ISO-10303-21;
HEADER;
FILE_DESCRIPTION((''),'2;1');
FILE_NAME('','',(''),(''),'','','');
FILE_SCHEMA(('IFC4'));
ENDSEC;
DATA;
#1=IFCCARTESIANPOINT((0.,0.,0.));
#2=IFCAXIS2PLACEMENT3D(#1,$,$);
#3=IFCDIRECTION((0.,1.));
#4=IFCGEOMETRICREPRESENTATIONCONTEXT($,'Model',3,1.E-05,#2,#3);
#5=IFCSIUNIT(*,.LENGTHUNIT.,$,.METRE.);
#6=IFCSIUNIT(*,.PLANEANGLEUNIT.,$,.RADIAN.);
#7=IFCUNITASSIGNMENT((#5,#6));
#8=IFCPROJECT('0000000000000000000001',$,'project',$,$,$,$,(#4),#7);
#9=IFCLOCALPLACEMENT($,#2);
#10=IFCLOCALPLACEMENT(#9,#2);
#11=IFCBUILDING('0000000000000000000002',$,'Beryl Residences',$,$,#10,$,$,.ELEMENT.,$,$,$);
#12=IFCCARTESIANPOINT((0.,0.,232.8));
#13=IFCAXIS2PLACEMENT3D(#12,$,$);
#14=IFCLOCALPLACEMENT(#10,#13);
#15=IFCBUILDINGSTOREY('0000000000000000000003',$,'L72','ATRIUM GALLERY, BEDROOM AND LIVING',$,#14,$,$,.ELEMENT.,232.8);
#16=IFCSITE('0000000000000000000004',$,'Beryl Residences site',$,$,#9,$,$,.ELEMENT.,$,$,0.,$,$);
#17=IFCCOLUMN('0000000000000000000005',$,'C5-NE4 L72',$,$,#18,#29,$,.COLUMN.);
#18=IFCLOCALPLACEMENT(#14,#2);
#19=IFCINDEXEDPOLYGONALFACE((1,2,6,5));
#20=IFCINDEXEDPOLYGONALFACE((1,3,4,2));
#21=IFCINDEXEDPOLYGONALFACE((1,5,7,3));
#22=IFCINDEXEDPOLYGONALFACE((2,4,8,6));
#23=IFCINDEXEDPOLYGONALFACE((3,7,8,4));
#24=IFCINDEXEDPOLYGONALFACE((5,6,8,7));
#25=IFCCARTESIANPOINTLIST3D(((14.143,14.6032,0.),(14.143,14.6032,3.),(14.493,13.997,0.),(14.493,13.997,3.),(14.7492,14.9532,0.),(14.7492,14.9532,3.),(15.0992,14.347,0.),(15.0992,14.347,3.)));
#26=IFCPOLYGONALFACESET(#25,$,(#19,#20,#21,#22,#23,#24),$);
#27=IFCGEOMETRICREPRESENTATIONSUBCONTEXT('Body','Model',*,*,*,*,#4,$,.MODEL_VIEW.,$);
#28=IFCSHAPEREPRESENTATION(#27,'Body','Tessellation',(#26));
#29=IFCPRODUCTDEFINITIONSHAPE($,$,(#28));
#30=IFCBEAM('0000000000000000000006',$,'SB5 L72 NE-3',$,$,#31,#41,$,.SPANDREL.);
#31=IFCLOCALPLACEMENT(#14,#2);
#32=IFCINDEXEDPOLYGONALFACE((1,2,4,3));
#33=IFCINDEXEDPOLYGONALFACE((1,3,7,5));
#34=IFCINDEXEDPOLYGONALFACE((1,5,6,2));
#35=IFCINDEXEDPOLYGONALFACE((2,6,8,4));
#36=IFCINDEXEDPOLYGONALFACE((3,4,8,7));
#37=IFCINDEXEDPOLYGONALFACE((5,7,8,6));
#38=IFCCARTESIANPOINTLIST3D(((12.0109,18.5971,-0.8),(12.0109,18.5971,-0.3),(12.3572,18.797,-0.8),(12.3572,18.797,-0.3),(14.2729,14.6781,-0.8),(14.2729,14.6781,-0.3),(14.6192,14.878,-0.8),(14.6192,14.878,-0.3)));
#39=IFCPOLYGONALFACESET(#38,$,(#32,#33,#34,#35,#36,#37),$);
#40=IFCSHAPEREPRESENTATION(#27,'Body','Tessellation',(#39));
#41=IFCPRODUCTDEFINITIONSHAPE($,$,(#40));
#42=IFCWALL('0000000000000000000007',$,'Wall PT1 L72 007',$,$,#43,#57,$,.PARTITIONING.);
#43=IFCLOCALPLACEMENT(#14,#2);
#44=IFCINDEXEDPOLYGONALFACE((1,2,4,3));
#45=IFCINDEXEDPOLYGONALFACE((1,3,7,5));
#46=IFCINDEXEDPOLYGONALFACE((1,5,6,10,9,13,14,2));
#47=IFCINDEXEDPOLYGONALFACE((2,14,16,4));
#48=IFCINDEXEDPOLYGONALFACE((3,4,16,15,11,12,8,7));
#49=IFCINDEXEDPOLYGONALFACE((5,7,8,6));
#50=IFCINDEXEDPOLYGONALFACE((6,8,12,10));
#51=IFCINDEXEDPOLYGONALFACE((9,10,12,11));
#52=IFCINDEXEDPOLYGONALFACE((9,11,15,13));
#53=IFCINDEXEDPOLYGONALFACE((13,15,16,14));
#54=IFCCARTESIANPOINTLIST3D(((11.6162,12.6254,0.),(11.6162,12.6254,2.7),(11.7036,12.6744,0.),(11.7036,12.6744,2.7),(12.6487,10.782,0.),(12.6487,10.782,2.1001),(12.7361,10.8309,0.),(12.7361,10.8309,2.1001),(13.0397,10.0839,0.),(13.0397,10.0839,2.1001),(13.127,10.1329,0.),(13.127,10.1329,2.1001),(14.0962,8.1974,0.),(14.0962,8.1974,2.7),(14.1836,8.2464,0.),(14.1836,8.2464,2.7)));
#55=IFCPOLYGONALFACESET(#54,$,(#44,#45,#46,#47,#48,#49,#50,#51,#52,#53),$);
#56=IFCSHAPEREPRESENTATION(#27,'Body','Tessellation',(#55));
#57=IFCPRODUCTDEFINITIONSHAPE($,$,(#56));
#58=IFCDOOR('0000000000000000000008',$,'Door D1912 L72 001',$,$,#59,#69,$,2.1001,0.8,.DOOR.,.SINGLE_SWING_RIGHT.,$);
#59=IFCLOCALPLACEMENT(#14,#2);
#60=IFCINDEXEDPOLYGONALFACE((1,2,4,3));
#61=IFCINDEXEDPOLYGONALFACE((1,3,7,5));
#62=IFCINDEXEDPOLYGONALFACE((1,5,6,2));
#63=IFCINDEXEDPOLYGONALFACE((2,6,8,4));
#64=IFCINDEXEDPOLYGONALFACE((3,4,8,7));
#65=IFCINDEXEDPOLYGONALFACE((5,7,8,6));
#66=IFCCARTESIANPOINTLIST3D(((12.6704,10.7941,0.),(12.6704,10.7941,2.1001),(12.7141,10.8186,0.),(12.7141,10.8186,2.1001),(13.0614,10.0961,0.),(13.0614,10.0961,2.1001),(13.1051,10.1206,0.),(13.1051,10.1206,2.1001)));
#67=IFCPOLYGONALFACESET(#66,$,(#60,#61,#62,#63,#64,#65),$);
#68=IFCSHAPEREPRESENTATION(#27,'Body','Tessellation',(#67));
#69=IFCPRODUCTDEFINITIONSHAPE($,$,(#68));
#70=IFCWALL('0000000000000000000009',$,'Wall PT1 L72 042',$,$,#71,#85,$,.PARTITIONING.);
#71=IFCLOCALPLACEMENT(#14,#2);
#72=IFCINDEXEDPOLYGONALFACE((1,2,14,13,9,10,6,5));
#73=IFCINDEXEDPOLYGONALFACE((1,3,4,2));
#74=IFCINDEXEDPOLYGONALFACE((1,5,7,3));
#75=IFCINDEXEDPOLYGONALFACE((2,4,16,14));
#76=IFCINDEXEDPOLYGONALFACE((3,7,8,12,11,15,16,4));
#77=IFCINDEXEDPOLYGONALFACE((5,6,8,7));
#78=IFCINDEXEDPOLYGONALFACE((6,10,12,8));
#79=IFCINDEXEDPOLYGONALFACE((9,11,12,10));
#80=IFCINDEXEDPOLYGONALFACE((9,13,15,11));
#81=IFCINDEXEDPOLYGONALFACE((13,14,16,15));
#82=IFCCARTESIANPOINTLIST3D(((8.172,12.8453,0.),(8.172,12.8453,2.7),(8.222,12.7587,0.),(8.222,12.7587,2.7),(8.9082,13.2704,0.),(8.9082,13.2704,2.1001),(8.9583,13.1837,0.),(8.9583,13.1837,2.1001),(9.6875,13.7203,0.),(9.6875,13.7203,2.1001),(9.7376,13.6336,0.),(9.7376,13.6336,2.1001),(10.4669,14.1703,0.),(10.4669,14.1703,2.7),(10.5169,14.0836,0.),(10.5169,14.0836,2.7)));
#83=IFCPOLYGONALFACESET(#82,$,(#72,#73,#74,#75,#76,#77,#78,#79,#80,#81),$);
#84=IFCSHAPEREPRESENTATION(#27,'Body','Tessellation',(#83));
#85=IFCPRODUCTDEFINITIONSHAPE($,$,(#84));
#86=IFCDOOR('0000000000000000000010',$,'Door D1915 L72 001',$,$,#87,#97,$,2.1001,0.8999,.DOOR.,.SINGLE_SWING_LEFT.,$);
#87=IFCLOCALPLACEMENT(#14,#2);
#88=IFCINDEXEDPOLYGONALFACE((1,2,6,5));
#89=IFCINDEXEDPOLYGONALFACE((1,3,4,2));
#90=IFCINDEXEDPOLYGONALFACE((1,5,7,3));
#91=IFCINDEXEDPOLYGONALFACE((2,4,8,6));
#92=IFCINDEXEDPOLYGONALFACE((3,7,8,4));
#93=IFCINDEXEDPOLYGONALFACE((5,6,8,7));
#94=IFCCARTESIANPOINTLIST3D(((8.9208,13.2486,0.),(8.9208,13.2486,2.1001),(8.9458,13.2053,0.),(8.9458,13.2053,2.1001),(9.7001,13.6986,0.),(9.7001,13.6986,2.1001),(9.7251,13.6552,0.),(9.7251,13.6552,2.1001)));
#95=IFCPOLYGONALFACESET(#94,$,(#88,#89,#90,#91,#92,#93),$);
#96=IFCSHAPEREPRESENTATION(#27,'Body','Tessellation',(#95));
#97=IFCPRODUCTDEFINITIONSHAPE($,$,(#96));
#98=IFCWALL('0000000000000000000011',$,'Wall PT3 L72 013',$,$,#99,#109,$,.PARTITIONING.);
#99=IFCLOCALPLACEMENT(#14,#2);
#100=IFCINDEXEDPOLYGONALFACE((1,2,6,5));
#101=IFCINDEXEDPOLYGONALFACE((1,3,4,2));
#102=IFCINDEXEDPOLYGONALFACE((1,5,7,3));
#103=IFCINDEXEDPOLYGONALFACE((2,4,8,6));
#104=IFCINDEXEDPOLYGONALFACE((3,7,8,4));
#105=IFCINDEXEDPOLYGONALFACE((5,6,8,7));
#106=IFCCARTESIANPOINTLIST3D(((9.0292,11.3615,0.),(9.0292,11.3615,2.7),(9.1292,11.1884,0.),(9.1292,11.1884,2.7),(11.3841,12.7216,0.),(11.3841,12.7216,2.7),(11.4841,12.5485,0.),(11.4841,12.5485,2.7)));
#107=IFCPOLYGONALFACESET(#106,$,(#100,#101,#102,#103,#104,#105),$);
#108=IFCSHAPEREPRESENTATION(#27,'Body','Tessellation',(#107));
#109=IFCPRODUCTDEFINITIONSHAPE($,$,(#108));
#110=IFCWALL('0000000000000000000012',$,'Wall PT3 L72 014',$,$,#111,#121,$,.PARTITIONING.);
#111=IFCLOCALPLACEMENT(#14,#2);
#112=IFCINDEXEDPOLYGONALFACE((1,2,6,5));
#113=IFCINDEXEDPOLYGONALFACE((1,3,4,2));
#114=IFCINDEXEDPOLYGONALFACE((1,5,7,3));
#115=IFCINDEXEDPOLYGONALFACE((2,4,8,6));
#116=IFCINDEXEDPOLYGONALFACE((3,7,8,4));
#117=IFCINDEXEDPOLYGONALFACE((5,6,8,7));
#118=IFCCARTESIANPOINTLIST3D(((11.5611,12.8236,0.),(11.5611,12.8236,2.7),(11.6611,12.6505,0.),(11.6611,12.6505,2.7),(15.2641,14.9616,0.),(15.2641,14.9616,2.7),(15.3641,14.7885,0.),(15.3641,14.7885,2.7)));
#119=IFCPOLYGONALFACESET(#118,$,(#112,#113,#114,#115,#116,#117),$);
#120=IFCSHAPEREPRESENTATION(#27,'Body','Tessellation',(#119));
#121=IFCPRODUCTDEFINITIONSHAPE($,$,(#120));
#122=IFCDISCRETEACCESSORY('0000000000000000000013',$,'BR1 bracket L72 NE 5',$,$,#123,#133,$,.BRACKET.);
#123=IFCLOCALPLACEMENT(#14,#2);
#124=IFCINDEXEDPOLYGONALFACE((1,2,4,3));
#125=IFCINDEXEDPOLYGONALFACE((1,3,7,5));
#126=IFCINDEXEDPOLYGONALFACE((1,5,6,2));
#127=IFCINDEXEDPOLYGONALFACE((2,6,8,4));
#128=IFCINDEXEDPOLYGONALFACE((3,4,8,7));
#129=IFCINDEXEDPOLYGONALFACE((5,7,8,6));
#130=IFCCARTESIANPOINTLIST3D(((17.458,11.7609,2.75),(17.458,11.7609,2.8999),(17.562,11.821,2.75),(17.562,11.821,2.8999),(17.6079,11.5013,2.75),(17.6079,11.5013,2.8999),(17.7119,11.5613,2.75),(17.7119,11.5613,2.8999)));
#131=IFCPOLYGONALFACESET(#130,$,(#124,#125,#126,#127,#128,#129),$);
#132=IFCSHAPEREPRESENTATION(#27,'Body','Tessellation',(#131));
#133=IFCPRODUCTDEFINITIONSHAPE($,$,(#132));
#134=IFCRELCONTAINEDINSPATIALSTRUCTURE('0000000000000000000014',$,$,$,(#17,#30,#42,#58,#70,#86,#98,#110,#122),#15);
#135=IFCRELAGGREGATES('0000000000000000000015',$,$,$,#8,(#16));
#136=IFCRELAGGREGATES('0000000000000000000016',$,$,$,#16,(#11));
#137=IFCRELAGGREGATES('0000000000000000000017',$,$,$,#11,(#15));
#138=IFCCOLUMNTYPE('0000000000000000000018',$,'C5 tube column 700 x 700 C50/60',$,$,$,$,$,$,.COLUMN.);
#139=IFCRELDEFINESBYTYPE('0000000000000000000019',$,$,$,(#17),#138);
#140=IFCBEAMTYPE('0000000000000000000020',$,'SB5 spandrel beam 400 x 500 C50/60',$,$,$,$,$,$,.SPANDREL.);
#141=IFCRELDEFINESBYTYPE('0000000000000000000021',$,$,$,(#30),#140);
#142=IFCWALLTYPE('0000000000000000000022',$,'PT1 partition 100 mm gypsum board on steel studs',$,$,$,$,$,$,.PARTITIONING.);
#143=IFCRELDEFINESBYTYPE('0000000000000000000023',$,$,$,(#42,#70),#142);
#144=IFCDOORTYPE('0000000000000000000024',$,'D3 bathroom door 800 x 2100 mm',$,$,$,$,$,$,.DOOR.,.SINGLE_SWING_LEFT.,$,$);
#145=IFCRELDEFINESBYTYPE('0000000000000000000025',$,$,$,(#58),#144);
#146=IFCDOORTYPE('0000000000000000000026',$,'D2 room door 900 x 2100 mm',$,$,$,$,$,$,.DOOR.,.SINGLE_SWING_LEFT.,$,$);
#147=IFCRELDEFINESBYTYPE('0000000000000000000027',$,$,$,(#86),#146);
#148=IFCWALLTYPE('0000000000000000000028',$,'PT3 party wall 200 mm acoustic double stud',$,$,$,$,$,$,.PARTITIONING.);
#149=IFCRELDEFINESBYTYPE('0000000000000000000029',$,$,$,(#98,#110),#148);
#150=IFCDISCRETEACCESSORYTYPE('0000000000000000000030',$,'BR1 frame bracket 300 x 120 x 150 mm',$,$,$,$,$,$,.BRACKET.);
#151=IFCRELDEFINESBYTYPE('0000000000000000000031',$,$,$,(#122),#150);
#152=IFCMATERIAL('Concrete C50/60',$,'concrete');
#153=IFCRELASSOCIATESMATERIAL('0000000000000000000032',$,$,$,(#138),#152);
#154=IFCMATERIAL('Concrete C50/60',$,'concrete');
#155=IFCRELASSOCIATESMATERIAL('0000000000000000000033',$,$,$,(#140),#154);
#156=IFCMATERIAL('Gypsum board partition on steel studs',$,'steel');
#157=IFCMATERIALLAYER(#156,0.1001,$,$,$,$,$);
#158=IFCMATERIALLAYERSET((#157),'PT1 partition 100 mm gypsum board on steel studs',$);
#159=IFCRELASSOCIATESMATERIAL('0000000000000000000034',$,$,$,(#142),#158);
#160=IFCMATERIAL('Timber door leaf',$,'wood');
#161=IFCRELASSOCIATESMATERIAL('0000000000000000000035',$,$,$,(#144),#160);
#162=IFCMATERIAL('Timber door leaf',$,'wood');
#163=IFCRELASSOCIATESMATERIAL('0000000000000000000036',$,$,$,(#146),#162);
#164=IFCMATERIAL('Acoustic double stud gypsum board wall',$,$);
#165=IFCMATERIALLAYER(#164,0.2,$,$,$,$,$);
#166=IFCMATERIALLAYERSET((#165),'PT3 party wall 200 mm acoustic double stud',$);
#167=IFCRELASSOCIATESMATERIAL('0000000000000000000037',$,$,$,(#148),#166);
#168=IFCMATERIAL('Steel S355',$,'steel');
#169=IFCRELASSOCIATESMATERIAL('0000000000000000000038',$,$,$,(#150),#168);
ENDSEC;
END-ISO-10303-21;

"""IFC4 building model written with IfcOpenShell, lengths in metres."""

from ifc_helpers import new_model, si_unit, direction, frame, frame_2d, origin, origin_2d, place, context, subcontext, project, spatial, polyline, rectangle, outline, extrude, source, transform, mapped, material, layer, layer_set, material_profile, profile_set, type_object, type_shapes, element, fill, save


model = new_model("IFC4")

# Units and contexts
model_context = context("Model", 3, precision=1e-05, world=origin(), true_north=direction((0.0, 1.0)))
body_context = subcontext(model_context, "Body", "Model", "MODEL_VIEW")
ifc_project = project(units=[si_unit("LENGTHUNIT", "METRE"), si_unit("PLANEANGLEUNIT", "RADIAN")], contexts=[model_context])

# Site, building, storey
site_placement = place(None, origin())
site = spatial("IfcSite", under=ifc_project, at=site_placement, Name="Beryl Residences site", CompositionType="ELEMENT", RefElevation=0.0)
building_placement = place(site_placement, origin())
building = spatial("IfcBuilding", under=site, at=building_placement, Name="Beryl Residences", CompositionType="ELEMENT")
storey_placement = place(building_placement, frame((0.0, 0.0, 232.8)))
storey = spatial("IfcBuildingStorey", under=building, at=storey_placement, Name="L72", Description="ATRIUM GALLERY, BEDROOM AND LIVING", CompositionType="ELEMENT", Elevation=232.8)

# Column
ifc_material_1 = material(Name="Concrete C50/60", Category="concrete")
ifc_material_profile_1 = material_profile(ifc_material_1, rectangle(XDim=0.7, YDim=0.7, at=origin_2d()))
ifc_profile_set_1 = profile_set([ifc_material_profile_1], Name="Concrete C50/60")
column_type = type_object("IfcColumnType", Name="C5 tube column 700 x 700 C50/60", PredefinedType="COLUMN", material=ifc_profile_set_1)
column_placement = place(storey_placement, frame((14.6211, 14.4751, 0.0), z_axis=(0.0, 0.0, 1.0), x_axis=(-0.49997, 0.866043, 0.0)))
element("IfcColumn", 1, at=column_placement, inside=storey, type_object=column_type, Name="C5-NE4 L72", PredefinedType="COLUMN", context=body_context, shape_type="SweptSolid", body=[
    extrude(rectangle(XDim=0.7, YDim=0.7, at=origin_2d()), origin(), (0.0, 0.0, 1.0), 3.0),
])

# Beam
ifc_material_2 = material(Name="Concrete C50/60", Category="concrete")
ifc_material_profile_2 = material_profile(ifc_material_2, rectangle(XDim=0.3999, YDim=0.5, at=origin_2d()))
ifc_profile_set_2 = profile_set([ifc_material_profile_2], Name="Concrete C50/60")
beam_type = type_object("IfcBeamType", Name="SB5 spandrel beam 400 x 500 C50/60", PredefinedType="SPANDREL", material=ifc_profile_set_2)
beam_placement = place(storey_placement, frame((14.446, 14.7781, -0.55), z_axis=(-0.499894, 0.866087, 0.0), x_axis=(-0.866087, -0.499894, 0.0)))
element("IfcBeam", 2, at=beam_placement, inside=storey, type_object=beam_type, Name="SB5 L72 NE-3", PredefinedType="SPANDREL", context=body_context, shape_type="SweptSolid", body=[
    extrude(rectangle(XDim=0.3999, YDim=0.5, at=origin_2d()), origin(), (0.0, 0.0, 1.0), 4.5249),
])

# Walls, openings, doors
ifc_material_3 = material(Name="Gypsum board partition on steel studs", Category="steel")
ifc_layer_1 = layer(ifc_material_3, 0.1001)
ifc_layer_set_1 = layer_set([ifc_layer_1], Name="PT1 partition 100 mm gypsum board on steel studs")
wall_type_1 = type_object("IfcWallType", Name="PT1 partition 100 mm gypsum board on steel studs", PredefinedType="PARTITIONING", material=ifc_layer_set_1)
wall_1_placement = place(storey_placement, frame((11.6599, 12.6499, 0.0), z_axis=(0.0, 0.0, 1.0), x_axis=(0.48865, -0.87248, 0.0)))
wall_1 = element("IfcWall", 3, at=wall_1_placement, inside=storey, type_object=wall_type_1, Name="Wall PT1 L72 007", PredefinedType="PARTITIONING", context=body_context, shape_type="SweptSolid", body=[
    extrude(rectangle(XDim=5.0752, YDim=0.1001, at=frame_2d((2.5376, 0.0))), origin(), (0.0, 0.0, 1.0), 2.7),
])
opening_1_placement = place(wall_1_placement, frame((2.113, 0.0, 0.0)))
opening_1 = element("IfcOpeningElement", 4, at=opening_1_placement, cuts=wall_1, PredefinedType="OPENING", context=body_context, shape_type="SweptSolid", body=[
    extrude(rectangle(XDim=0.8, YDim=2.1001, at=frame_2d((0.3999, 1.05))), frame((0.0, 0.0601, 0.0), z_axis=(0.0, -1.0, 0.0), x_axis=(1.0, 0.0, 0.0)), (0.0, 0.0, 1.0), 0.1201),
])
ifc_material_4 = material(Name="Timber door leaf", Category="wood")
door_type_1 = type_object("IfcDoorType", Name="D3 bathroom door 800 x 2100 mm", OperationType="SINGLE_SWING_LEFT", PredefinedType="DOOR", material=ifc_material_4)
door_1_placement = place(opening_1_placement, origin())
door_1 = element("IfcDoor", 5, at=door_1_placement, inside=storey, type_object=door_type_1, Name="Door D1912 L72 001", OperationType="SINGLE_SWING_RIGHT", OverallHeight=2.1001, OverallWidth=0.8, PredefinedType="DOOR", context=body_context, shape_type="SweptSolid", body=[
    extrude(rectangle(XDim=0.8, YDim=2.1001, at=frame_2d((0.3999, 1.05))), frame((0.0, 0.0249, 0.0), z_axis=(0.0, -1.0, 0.0), x_axis=(1.0, 0.0, 0.0)), (0.0, 0.0, 1.0), 0.05),
])
fill(opening_1, door_1)
wall_2_placement = place(storey_placement, frame((8.197, 12.802, 0.0), z_axis=(0.0, 0.0, 1.0), x_axis=(0.866029, 0.499994, 0.0)))
wall_2 = element("IfcWall", 6, at=wall_2_placement, inside=storey, type_object=wall_type_1, Name="Wall PT1 L72 042", PredefinedType="PARTITIONING", context=body_context, shape_type="SweptSolid", body=[
    extrude(rectangle(XDim=2.6499, YDim=0.1001, at=frame_2d((1.325, 0.0))), origin(), (0.0, 0.0, 1.0), 2.7),
])
opening_2_placement = place(wall_2_placement, frame((0.8501, 0.0, 0.0)))
opening_2 = element("IfcOpeningElement", 7, at=opening_2_placement, cuts=wall_2, PredefinedType="OPENING", context=body_context, shape_type="SweptSolid", body=[
    extrude(rectangle(XDim=0.8999, YDim=2.1001, at=frame_2d((0.45, 1.05))), frame((0.0, 0.0601, 0.0), z_axis=(0.0, -1.0, 0.0), x_axis=(1.0, 0.0, 0.0)), (0.0, 0.0, 1.0), 0.1201),
])
ifc_material_5 = material(Name="Timber door leaf", Category="wood")
door_type_2 = type_object("IfcDoorType", Name="D2 room door 900 x 2100 mm", OperationType="SINGLE_SWING_LEFT", PredefinedType="DOOR", material=ifc_material_5)
door_2_placement = place(opening_2_placement, origin())
door_2 = element("IfcDoor", 8, at=door_2_placement, inside=storey, type_object=door_type_2, Name="Door D1915 L72 001", OperationType="SINGLE_SWING_LEFT", OverallHeight=2.1001, OverallWidth=0.8999, PredefinedType="DOOR", context=body_context, shape_type="SweptSolid", body=[
    extrude(rectangle(XDim=0.8999, YDim=2.1001, at=frame_2d((0.45, 1.05))), frame((0.0, 0.0249, 0.0), z_axis=(0.0, -1.0, 0.0), x_axis=(1.0, 0.0, 0.0)), (0.0, 0.0, 1.0), 0.05),
])
fill(opening_2, door_2)

# Walls
ifc_material_6 = material(Name="Acoustic double stud gypsum board wall")
ifc_layer_2 = layer(ifc_material_6, 0.2)
ifc_layer_set_2 = layer_set([ifc_layer_2], Name="PT3 party wall 200 mm acoustic double stud")
wall_type_2 = type_object("IfcWallType", Name="PT3 party wall 200 mm acoustic double stud", PredefinedType="PARTITIONING", material=ifc_layer_set_2)
wall_3_placement = place(storey_placement, frame((9.0791, 11.2749, 0.0), z_axis=(0.0, 0.0, 1.0), x_axis=(0.865952, 0.500127, 0.0)))
element("IfcWall", 9, at=wall_3_placement, inside=storey, type_object=wall_type_2, Name="Wall PT3 L72 013", PredefinedType="PARTITIONING", context=body_context, shape_type="SweptSolid", body=[
    extrude(rectangle(XDim=2.7195, YDim=0.2, at=frame_2d((1.3599, 0.0))), origin(), (0.0, 0.0, 1.0), 2.7),
])
wall_4_placement = place(storey_placement, frame((11.6111, 12.7371, 0.0), z_axis=(0.0, 0.0, 1.0), x_axis=(0.866017, 0.500014, 0.0)))
element("IfcWall", 10, at=wall_4_placement, inside=storey, type_object=wall_type_2, Name="Wall PT3 L72 014", PredefinedType="PARTITIONING", context=body_context, shape_type="SweptSolid", body=[
    extrude(rectangle(XDim=4.2759, YDim=0.2, at=frame_2d((2.1379, 0.0))), origin(), (0.0, 0.0, 1.0), 2.7),
])

# Discrete accessory
ifc_material_7 = material(Name="Steel S355", Category="steel")
discrete_accessory_type = type_object("IfcDiscreteAccessoryType", Name="BR1 frame bracket 300 x 120 x 150 mm", PredefinedType="BRACKET", material=ifc_material_7)
shared_shape_1 = source(origin(), body_context, "Body", "SweptSolid", [
    extrude(outline(polyline([(-0.1499, 0.0), (0.1499, 0.0), (0.1499, 0.1201), (-0.1499, 0.1201), (-0.1499, 0.0)])), origin(), (0.0, 0.0, 1.0), 0.1499),
])
type_shapes(discrete_accessory_type, [shared_shape_1])
discrete_accessory_placement = place(storey_placement, frame((17.533, 11.6311, 2.75), z_axis=(0.0, 0.0, 1.0), x_axis=(0.5, -0.866025, 0.0)))
element("IfcDiscreteAccessory", 11, at=discrete_accessory_placement, inside=storey, type_object=discrete_accessory_type, Name="BR1 bracket L72 NE 5", PredefinedType="BRACKET", context=body_context, shape_type="MappedRepresentation", body=[
    mapped(shared_shape_1, transform((0.0, 0.0, 0.0))),
])

save(model, "model.ifc")
